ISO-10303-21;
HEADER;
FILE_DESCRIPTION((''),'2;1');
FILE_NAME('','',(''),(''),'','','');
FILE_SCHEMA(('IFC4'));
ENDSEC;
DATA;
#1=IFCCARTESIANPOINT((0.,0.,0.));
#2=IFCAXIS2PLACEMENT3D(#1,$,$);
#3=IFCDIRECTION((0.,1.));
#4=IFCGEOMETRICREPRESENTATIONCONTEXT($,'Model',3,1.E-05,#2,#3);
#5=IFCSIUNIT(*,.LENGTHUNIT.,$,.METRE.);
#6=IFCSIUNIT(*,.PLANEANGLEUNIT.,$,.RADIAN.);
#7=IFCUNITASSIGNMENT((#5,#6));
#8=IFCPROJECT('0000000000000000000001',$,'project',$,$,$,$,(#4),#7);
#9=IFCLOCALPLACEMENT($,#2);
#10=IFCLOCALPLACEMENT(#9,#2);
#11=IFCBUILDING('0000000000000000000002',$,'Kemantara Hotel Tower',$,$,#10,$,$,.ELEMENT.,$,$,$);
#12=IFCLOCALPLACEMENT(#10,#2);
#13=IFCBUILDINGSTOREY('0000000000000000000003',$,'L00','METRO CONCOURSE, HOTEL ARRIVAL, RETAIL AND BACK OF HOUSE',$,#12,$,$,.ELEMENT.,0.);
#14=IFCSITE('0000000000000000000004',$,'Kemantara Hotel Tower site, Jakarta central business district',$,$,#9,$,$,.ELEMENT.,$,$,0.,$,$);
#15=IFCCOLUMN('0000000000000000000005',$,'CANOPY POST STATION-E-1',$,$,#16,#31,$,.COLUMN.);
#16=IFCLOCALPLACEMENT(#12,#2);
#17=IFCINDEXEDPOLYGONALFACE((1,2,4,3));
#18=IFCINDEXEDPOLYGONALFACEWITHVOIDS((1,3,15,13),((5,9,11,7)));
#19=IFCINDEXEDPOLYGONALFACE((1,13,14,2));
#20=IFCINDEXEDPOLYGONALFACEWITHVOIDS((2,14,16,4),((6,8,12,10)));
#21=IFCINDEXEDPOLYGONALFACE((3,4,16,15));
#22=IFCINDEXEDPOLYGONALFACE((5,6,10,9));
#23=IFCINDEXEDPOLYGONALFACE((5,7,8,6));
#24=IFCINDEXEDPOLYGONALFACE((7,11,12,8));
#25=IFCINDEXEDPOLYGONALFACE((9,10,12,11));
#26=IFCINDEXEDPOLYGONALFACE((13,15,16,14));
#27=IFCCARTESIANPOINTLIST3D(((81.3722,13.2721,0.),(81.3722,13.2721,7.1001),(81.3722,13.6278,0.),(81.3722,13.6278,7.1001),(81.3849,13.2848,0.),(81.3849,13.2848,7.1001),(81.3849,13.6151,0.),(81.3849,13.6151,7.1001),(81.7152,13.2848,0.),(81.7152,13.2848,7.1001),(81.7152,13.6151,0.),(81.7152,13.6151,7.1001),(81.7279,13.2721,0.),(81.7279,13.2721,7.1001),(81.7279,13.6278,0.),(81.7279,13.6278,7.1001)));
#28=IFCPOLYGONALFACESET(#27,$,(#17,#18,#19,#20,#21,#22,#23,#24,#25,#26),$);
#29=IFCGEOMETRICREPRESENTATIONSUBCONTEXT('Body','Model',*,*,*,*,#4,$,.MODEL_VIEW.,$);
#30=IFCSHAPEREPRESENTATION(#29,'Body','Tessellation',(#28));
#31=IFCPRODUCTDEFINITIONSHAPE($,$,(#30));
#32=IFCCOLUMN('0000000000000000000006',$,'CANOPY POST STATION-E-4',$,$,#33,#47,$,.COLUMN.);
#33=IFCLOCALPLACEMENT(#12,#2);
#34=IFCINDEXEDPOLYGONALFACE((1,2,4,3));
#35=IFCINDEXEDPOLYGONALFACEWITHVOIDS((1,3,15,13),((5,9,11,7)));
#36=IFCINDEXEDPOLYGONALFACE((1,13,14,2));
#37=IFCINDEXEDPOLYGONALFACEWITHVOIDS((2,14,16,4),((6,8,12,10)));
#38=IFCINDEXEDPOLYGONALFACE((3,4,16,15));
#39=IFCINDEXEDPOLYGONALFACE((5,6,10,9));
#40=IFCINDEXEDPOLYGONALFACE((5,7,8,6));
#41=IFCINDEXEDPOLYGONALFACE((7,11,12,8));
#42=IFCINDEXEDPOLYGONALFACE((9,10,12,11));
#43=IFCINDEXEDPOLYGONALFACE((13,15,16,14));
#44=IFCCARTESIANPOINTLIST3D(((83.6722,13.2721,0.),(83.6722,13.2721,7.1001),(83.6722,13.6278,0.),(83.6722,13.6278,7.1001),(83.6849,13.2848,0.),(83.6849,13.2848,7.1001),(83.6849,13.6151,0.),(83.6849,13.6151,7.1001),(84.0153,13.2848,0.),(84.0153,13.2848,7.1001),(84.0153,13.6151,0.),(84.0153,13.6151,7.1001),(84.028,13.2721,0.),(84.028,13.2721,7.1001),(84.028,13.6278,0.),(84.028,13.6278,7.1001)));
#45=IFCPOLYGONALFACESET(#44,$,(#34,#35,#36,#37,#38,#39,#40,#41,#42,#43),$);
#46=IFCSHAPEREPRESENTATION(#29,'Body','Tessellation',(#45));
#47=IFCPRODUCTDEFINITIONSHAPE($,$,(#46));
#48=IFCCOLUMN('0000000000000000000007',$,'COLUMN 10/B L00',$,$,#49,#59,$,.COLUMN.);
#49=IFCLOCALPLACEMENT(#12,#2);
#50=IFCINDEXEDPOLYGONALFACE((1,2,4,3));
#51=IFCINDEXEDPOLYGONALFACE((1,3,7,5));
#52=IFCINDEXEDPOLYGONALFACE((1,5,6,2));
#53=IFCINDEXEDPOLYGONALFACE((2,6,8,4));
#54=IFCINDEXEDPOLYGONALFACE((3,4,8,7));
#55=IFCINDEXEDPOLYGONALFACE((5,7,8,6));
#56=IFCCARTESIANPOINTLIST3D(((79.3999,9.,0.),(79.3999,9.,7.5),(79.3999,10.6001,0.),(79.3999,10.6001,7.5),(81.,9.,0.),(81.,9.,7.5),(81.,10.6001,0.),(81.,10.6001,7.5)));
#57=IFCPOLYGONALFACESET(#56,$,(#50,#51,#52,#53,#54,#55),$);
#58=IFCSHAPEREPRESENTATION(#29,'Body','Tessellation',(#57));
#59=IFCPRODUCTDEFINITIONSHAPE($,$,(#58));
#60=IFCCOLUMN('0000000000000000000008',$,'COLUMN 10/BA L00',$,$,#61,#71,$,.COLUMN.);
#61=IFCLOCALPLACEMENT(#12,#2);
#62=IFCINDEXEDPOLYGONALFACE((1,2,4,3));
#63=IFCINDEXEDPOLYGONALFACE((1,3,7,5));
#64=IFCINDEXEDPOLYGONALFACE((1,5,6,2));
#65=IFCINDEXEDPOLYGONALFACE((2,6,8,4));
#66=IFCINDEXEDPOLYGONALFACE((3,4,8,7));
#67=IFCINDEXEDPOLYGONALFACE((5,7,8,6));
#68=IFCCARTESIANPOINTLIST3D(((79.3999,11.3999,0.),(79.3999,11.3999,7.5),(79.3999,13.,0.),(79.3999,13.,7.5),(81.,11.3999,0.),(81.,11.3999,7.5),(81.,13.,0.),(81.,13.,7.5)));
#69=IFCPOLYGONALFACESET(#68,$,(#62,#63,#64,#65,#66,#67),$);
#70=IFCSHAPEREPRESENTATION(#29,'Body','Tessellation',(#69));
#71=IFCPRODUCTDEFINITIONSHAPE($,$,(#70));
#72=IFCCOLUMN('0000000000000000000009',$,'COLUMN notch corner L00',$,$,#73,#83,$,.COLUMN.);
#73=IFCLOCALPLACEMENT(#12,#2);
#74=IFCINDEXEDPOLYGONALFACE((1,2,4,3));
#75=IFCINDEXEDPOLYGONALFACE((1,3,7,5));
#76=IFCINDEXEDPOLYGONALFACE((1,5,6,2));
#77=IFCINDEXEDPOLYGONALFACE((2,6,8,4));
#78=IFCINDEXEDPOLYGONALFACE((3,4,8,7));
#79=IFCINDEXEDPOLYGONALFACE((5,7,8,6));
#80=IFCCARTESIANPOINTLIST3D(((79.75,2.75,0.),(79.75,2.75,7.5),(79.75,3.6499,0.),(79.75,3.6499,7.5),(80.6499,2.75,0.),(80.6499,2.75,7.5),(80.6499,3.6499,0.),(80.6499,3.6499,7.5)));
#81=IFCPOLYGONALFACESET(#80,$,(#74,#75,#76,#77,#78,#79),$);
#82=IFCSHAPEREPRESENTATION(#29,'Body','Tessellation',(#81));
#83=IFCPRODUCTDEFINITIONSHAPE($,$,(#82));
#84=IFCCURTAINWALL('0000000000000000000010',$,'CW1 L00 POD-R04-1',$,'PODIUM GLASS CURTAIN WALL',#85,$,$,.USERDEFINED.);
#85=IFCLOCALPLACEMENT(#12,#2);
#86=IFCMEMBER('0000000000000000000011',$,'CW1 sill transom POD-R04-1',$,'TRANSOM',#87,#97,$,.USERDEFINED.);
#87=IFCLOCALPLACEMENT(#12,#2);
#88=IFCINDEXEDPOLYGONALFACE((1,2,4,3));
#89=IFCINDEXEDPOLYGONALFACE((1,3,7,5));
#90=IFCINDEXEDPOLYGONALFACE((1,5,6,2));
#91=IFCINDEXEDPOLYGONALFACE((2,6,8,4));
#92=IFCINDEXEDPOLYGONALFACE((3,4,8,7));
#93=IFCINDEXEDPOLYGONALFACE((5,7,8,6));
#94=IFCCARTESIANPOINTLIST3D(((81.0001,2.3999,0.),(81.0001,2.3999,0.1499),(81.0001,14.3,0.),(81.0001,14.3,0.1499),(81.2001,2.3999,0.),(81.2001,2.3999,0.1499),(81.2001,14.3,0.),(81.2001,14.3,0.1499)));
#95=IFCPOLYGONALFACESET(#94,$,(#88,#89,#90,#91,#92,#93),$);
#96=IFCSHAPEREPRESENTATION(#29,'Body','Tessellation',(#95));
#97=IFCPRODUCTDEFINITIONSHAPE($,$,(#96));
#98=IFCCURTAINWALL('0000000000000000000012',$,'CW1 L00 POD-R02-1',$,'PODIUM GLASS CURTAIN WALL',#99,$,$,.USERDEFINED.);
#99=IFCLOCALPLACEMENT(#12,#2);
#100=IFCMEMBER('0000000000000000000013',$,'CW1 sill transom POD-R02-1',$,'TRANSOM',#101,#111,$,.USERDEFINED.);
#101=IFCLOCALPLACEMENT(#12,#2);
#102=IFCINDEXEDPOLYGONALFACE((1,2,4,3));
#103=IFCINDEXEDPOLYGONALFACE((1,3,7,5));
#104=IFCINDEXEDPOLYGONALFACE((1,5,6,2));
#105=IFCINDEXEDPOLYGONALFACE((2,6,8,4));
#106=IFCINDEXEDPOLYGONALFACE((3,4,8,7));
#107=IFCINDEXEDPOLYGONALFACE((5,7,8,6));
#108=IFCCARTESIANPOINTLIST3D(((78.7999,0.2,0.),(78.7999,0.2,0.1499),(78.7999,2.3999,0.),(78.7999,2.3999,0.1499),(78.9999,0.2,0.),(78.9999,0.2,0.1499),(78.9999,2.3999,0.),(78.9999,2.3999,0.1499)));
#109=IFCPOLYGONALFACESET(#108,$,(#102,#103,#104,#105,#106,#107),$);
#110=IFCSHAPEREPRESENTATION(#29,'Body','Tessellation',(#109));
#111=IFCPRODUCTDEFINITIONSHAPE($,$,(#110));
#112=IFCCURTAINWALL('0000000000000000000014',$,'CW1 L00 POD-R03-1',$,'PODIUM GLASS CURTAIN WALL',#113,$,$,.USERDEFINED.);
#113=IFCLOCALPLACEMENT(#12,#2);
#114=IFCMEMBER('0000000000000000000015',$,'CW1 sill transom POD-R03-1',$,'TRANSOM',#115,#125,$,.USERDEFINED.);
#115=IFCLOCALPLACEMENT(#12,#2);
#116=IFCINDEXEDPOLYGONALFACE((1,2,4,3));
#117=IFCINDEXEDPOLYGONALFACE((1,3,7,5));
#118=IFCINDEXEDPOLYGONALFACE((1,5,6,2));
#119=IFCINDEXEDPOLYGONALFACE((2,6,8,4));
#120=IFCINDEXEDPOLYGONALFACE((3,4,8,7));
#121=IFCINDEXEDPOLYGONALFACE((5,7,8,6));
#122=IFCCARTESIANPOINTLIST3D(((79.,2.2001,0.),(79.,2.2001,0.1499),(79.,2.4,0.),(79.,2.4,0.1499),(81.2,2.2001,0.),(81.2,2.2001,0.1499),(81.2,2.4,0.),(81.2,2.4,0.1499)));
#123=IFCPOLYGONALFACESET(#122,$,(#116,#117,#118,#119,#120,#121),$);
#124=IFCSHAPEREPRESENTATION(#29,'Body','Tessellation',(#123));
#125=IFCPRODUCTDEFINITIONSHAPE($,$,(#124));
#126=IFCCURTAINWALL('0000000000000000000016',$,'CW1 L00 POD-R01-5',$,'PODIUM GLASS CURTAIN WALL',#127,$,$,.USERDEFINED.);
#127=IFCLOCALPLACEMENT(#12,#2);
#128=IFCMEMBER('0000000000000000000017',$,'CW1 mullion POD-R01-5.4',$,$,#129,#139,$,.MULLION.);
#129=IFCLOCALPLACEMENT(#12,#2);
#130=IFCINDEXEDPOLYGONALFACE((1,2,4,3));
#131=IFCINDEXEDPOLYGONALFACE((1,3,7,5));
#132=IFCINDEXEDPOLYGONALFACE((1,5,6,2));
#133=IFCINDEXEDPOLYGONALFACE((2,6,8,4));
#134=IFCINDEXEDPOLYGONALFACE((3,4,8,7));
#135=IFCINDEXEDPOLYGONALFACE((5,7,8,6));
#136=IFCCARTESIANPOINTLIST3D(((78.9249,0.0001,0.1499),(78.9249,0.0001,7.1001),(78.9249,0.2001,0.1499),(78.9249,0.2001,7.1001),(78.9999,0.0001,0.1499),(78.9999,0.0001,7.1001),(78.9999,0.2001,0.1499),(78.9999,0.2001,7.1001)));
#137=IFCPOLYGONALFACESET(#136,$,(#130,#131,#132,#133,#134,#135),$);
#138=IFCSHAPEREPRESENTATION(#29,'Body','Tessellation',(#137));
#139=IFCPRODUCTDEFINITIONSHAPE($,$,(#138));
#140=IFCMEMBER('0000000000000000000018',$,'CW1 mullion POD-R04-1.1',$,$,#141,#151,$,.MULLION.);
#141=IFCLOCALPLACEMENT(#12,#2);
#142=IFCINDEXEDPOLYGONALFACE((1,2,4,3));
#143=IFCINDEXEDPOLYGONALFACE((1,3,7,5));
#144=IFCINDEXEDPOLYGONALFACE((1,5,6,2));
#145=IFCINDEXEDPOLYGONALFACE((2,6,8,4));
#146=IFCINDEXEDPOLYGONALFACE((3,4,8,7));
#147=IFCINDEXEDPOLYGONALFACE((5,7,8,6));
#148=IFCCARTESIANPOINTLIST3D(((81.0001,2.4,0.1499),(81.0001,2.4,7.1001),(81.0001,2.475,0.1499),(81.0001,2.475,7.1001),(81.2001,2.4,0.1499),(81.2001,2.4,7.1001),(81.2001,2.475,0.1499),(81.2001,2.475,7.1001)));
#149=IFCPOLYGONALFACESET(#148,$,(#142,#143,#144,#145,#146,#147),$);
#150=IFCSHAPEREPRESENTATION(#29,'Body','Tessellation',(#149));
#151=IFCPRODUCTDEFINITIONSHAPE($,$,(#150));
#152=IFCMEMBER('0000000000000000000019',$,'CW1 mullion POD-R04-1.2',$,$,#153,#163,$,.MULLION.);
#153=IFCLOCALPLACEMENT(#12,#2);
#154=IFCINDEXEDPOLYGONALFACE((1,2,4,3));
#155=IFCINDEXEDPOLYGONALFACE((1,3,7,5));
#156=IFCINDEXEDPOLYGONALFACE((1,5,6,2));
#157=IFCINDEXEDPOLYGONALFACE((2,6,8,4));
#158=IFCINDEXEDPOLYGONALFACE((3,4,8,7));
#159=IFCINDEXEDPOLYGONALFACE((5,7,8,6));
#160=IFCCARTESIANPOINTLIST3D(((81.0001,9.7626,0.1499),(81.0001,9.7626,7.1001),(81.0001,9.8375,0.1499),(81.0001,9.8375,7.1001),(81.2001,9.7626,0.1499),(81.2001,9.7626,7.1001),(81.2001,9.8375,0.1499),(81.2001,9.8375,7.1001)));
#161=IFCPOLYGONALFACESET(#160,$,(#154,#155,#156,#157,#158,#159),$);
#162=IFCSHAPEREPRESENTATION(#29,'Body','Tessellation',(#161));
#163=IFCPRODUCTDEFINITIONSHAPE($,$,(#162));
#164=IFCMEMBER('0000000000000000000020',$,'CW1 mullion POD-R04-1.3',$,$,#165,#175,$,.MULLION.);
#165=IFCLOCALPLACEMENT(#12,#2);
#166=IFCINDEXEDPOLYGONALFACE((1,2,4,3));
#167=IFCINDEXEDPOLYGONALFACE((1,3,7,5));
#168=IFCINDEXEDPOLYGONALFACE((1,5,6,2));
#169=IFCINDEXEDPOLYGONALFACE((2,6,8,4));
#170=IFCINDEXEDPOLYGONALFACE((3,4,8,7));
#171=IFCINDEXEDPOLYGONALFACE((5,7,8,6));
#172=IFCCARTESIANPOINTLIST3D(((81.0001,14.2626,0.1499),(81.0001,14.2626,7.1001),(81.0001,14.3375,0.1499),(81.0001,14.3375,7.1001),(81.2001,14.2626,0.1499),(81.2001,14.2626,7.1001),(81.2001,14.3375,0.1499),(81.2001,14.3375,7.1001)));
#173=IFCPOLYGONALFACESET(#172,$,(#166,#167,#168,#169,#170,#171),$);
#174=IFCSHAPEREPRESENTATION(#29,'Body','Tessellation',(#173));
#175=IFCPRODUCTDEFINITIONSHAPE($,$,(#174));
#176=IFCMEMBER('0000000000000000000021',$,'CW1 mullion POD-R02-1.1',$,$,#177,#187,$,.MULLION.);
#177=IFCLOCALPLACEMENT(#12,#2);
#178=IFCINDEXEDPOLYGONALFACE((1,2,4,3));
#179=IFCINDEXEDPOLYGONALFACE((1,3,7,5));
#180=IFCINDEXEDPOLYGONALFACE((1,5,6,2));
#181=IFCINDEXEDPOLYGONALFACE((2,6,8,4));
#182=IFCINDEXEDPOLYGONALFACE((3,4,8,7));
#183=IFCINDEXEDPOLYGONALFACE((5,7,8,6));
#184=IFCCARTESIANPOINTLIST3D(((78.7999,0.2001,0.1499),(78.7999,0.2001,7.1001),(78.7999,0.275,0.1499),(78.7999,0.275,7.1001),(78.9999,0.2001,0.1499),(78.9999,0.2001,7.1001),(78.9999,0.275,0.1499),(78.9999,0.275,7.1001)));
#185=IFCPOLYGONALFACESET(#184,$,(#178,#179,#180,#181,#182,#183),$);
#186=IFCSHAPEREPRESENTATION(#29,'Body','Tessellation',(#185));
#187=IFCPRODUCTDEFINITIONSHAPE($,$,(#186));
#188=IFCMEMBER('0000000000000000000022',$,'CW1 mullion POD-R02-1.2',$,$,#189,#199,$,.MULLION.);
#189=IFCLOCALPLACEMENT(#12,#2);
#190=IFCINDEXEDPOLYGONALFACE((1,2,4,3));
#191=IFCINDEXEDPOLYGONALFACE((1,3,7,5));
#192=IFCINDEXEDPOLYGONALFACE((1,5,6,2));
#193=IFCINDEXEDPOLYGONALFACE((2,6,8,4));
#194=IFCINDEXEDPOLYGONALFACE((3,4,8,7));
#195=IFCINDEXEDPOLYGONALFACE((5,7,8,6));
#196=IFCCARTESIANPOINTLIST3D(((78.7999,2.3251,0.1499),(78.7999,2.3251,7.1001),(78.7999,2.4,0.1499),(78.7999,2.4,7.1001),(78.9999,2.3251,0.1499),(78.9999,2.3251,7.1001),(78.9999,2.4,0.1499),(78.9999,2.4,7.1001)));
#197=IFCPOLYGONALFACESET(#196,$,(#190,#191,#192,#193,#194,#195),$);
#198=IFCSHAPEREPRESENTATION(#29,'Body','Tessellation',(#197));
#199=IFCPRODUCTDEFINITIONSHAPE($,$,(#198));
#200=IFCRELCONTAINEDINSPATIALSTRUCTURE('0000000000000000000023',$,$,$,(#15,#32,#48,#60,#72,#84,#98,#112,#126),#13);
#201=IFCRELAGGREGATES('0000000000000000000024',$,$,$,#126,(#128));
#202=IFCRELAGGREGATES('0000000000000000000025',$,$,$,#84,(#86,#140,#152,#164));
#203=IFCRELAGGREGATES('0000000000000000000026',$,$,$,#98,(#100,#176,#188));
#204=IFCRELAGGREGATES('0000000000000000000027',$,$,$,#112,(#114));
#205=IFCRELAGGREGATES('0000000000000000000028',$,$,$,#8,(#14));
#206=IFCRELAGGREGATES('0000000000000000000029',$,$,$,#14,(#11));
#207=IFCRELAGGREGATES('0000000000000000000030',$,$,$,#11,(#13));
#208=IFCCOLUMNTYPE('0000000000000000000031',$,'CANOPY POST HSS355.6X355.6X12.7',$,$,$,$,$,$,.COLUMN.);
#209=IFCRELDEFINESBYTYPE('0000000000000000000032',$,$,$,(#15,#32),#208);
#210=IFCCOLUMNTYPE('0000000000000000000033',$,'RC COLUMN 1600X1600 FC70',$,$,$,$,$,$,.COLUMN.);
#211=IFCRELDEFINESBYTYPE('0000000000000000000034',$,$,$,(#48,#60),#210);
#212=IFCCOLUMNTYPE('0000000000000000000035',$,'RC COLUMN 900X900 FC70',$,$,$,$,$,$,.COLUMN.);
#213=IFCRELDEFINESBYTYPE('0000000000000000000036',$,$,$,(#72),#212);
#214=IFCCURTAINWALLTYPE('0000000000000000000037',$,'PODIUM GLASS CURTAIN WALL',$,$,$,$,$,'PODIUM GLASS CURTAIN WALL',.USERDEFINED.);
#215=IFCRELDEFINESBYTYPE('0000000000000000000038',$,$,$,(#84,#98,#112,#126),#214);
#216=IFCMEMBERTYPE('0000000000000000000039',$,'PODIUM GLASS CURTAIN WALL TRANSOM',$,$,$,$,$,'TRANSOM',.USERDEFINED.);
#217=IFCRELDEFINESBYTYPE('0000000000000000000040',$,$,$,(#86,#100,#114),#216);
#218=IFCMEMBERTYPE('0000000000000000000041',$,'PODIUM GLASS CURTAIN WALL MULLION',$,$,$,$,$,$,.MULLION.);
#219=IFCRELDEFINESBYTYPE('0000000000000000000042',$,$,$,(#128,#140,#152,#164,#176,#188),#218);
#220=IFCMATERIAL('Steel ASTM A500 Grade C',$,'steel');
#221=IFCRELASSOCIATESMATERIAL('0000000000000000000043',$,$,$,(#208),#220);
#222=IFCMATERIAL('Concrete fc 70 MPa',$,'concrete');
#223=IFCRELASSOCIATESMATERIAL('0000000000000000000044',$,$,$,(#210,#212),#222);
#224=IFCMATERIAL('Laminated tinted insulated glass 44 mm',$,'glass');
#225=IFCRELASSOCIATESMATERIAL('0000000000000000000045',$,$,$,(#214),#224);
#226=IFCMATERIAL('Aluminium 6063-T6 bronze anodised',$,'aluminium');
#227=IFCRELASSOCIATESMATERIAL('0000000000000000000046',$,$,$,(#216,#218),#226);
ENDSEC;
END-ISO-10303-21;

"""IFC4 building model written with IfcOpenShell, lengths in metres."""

from ifc_helpers import new_model, si_unit, direction, frame, origin, origin_2d, place, context, subcontext, project, spatial, rectangle, hollow_rectangle, extrude, source, transform, mapped, material, material_profile, profile_set, type_object, element, aggregate, save


model = new_model("IFC4")

# Units and contexts
model_context = context("Model", 3, precision=1e-05, world=origin(), true_north=direction((0.0, 1.0)))
body_context = subcontext(model_context, "Body", "Model", "MODEL_VIEW")
ifc_project = project(units=[si_unit("LENGTHUNIT", "METRE"), si_unit("PLANEANGLEUNIT", "RADIAN")], contexts=[model_context])

# Site, building, storey
site_placement = place(None, origin())
site = spatial("IfcSite", under=ifc_project, at=site_placement, Name="Kemantara Hotel Tower site, Jakarta central business district", CompositionType="ELEMENT", RefElevation=0.0)
building_placement = place(site_placement, origin())
building = spatial("IfcBuilding", under=site, at=building_placement, Name="Kemantara Hotel Tower", CompositionType="ELEMENT")
storey_placement = place(building_placement, origin())
storey = spatial("IfcBuildingStorey", under=building, at=storey_placement, Name="L00", Description="METRO CONCOURSE, HOTEL ARRIVAL, RETAIL AND BACK OF HOUSE", CompositionType="ELEMENT", Elevation=0.0)

# Columns
ifc_material_1 = material(Name="Steel ASTM A500 Grade C", Category="steel")
ifc_material_profile_1 = material_profile(ifc_material_1, hollow_rectangle(XDim=0.3557, YDim=0.3557, WallThickness=0.0127, at=origin_2d()), Name="HSS355.6X355.6X12.7")
ifc_profile_set_1 = profile_set([ifc_material_profile_1], Name="Steel ASTM A500 Grade C")
column_type_1 = type_object("IfcColumnType", Name="CANOPY POST HSS355.6X355.6X12.7", PredefinedType="COLUMN", material=ifc_profile_set_1)
for number, where, z_axis, x_axis, name in (
    (1, (81.55, 13.45, 0.0), (0.0, 0.0, 1.0), (1.0, 0.0, 0.0), "CANOPY POST STATION-E-1"),
    (2, (83.8501, 13.45, 0.0), (0.0, 0.0, 1.0), (1.0, 0.0, 0.0), "CANOPY POST STATION-E-4"),
):
    element("IfcColumn", number, at=place(storey_placement, frame(where, z_axis=z_axis, x_axis=x_axis)), inside=storey, type_object=column_type_1, Name=name, PredefinedType="COLUMN", context=body_context, shape_type="SweptSolid", body=[
        extrude(hollow_rectangle(XDim=0.3557, YDim=0.3557, WallThickness=0.0127, at=origin_2d()), origin(), (0.0, 0.0, 1.0), 7.1001),
    ])
ifc_material_2 = material(Name="Concrete fc 70 MPa", Category="concrete")
ifc_material_profile_2 = material_profile(ifc_material_2, rectangle(XDim=1.6001, YDim=1.6001, at=origin_2d()), Name="RC 1600X1600")
ifc_profile_set_2 = profile_set([ifc_material_profile_2], Name="Concrete fc 70 MPa")
column_type_2 = type_object("IfcColumnType", Name="RC COLUMN 1600X1600 FC70", PredefinedType="COLUMN", material=ifc_profile_set_2)
for number, where, z_axis, x_axis, name in (
    (3, (80.2, 9.8, 0.0), (0.0, 0.0, 1.0), (1.0, 0.0, 0.0), "COLUMN 10/B L00"),
    (4, (80.2, 12.2, 0.0), (0.0, 0.0, 1.0), (1.0, 0.0, 0.0), "COLUMN 10/BA L00"),
):
    element("IfcColumn", number, at=place(storey_placement, frame(where, z_axis=z_axis, x_axis=x_axis)), inside=storey, type_object=column_type_2, Name=name, PredefinedType="COLUMN", context=body_context, shape_type="SweptSolid", body=[
        extrude(rectangle(XDim=1.6001, YDim=1.6001, at=origin_2d()), origin(), (0.0, 0.0, 1.0), 7.5),
    ])
ifc_material_profile_3 = material_profile(ifc_material_2, rectangle(XDim=0.8999, YDim=0.8999, at=origin_2d()), Name="RC 900X900")
ifc_profile_set_3 = profile_set([ifc_material_profile_3], Name="Concrete fc 70 MPa")
column_type_3 = type_object("IfcColumnType", Name="RC COLUMN 900X900 FC70", PredefinedType="COLUMN", material=ifc_profile_set_3)
column_placement = place(storey_placement, frame((80.2, 3.2, 0.0), z_axis=(0.0, 0.0, 1.0), x_axis=(1.0, 0.0, 0.0)))
element("IfcColumn", 5, at=column_placement, inside=storey, type_object=column_type_3, Name="COLUMN notch corner L00", PredefinedType="COLUMN", context=body_context, shape_type="SweptSolid", body=[
    extrude(rectangle(XDim=0.8999, YDim=0.8999, at=origin_2d()), origin(), (0.0, 0.0, 1.0), 7.5),
])

# Curtain walls, members
ifc_material_3 = material(Name="Laminated tinted insulated glass 44 mm", Category="glass")
curtain_wall_type = type_object("IfcCurtainWallType", Name="PODIUM GLASS CURTAIN WALL", ElementType="PODIUM GLASS CURTAIN WALL", PredefinedType="USERDEFINED", material=ifc_material_3)
curtain_wall_1_placement = place(storey_placement, origin())
curtain_wall_1 = element("IfcCurtainWall", 6, at=curtain_wall_1_placement, inside=storey, type_object=curtain_wall_type, Name="CW1 L00 POD-R04-1", ObjectType="PODIUM GLASS CURTAIN WALL", PredefinedType="USERDEFINED")
ifc_material_4 = material(Name="Aluminium 6063-T6 bronze anodised", Category="aluminium")
ifc_material_profile_4 = material_profile(ifc_material_4, rectangle(XDim=0.2, YDim=0.1499, at=origin_2d()), Name="PODIUM GLASS CURTAIN WALL TRANSOM")
ifc_profile_set_4 = profile_set([ifc_material_profile_4], Name="Aluminium 6063-T6 bronze anodised")
member_type_1 = type_object("IfcMemberType", Name="PODIUM GLASS CURTAIN WALL TRANSOM", ElementType="TRANSOM", PredefinedType="USERDEFINED", material=ifc_profile_set_4)
member_1_placement = place(storey_placement, frame((81.1001, 2.3999, 0.075), z_axis=(0.0, 1.0, 0.0), x_axis=(-1.0, 0.0, 0.0)))
member_1 = element("IfcMember", 7, at=member_1_placement, type_object=member_type_1, Name="CW1 sill transom POD-R04-1", ObjectType="TRANSOM", PredefinedType="USERDEFINED", context=body_context, shape_type="SweptSolid", body=[
    extrude(rectangle(XDim=0.2, YDim=0.1499, at=origin_2d()), origin(), (0.0, 0.0, 1.0), 11.9001),
])
curtain_wall_2_placement = place(storey_placement, origin())
curtain_wall_2 = element("IfcCurtainWall", 8, at=curtain_wall_2_placement, inside=storey, type_object=curtain_wall_type, Name="CW1 L00 POD-R02-1", ObjectType="PODIUM GLASS CURTAIN WALL", PredefinedType="USERDEFINED")
member_2_placement = place(storey_placement, frame((78.8999, 0.2, 0.075), z_axis=(0.0, 1.0, 0.0), x_axis=(-1.0, 0.0, 0.0)))
member_2 = element("IfcMember", 9, at=member_2_placement, type_object=member_type_1, Name="CW1 sill transom POD-R02-1", ObjectType="TRANSOM", PredefinedType="USERDEFINED", context=body_context, shape_type="SweptSolid", body=[
    extrude(rectangle(XDim=0.2, YDim=0.1499, at=origin_2d()), origin(), (0.0, 0.0, 1.0), 2.2),
])
curtain_wall_3_placement = place(storey_placement, origin())
curtain_wall_3 = element("IfcCurtainWall", 10, at=curtain_wall_3_placement, inside=storey, type_object=curtain_wall_type, Name="CW1 L00 POD-R03-1", ObjectType="PODIUM GLASS CURTAIN WALL", PredefinedType="USERDEFINED")
member_3_placement = place(storey_placement, frame((79.0, 2.3, 0.075), z_axis=(1.0, 0.0, 0.0), x_axis=(0.0, 1.0, 0.0)))
member_3 = element("IfcMember", 11, at=member_3_placement, type_object=member_type_1, Name="CW1 sill transom POD-R03-1", ObjectType="TRANSOM", PredefinedType="USERDEFINED", context=body_context, shape_type="SweptSolid", body=[
    extrude(rectangle(XDim=0.2, YDim=0.1499, at=origin_2d()), origin(), (0.0, 0.0, 1.0), 2.2),
])
curtain_wall_4_placement = place(storey_placement, origin())
curtain_wall_4 = element("IfcCurtainWall", 12, at=curtain_wall_4_placement, inside=storey, type_object=curtain_wall_type, Name="CW1 L00 POD-R01-5", ObjectType="PODIUM GLASS CURTAIN WALL", PredefinedType="USERDEFINED")
ifc_material_profile_5 = material_profile(ifc_material_4, rectangle(XDim=0.2, YDim=0.075, at=origin_2d()), Name="PODIUM GLASS CURTAIN WALL MULLION")
ifc_profile_set_5 = profile_set([ifc_material_profile_5], Name="Aluminium 6063-T6 bronze anodised")
member_type_2 = type_object("IfcMemberType", Name="PODIUM GLASS CURTAIN WALL MULLION", PredefinedType="MULLION", material=ifc_profile_set_5)
shared_shape_1 = source(origin(), body_context, "Body", "SweptSolid", [
    extrude(rectangle(XDim=0.2, YDim=0.075, at=origin_2d()), origin(), (0.0, 0.0, 1.0), 6.9502),
])
member_4_placement = place(storey_placement, frame((78.9624, 0.1001, 0.1499), z_axis=(0.0, 0.0, 1.0), x_axis=(0.0, 1.0, 0.0)))
member_4 = element("IfcMember", 13, at=member_4_placement, type_object=member_type_2, Name="CW1 mullion POD-R01-5.4", PredefinedType="MULLION", context=body_context, shape_type="MappedRepresentation", body=[
    mapped(shared_shape_1, transform((0.0, 0.0, 0.0))),
])

# Members
member_5_placement = place(storey_placement, frame((81.1001, 2.4375, 0.1499), z_axis=(0.0, 0.0, 1.0), x_axis=(-1.0, 0.0, 0.0)))
member_5 = element("IfcMember", 14, at=member_5_placement, type_object=member_type_2, Name="CW1 mullion POD-R04-1.1", PredefinedType="MULLION", context=body_context, shape_type="MappedRepresentation", body=[
    mapped(shared_shape_1, transform((0.0, 0.0, 0.0))),
])
member_6_placement = place(storey_placement, frame((81.1001, 9.8, 0.1499), z_axis=(0.0, 0.0, 1.0), x_axis=(-1.0, 0.0, 0.0)))
member_6 = element("IfcMember", 15, at=member_6_placement, type_object=member_type_2, Name="CW1 mullion POD-R04-1.2", PredefinedType="MULLION", context=body_context, shape_type="MappedRepresentation", body=[
    mapped(shared_shape_1, transform((0.0, 0.0, 0.0))),
])
member_7_placement = place(storey_placement, frame((81.1001, 14.3, 0.1499), z_axis=(0.0, 0.0, 1.0), x_axis=(-1.0, 0.0, 0.0)))
member_7 = element("IfcMember", 16, at=member_7_placement, type_object=member_type_2, Name="CW1 mullion POD-R04-1.3", PredefinedType="MULLION", context=body_context, shape_type="MappedRepresentation", body=[
    mapped(shared_shape_1, transform((0.0, 0.0, 0.0))),
])
member_8_placement = place(storey_placement, frame((78.8999, 0.2375, 0.1499), z_axis=(0.0, 0.0, 1.0), x_axis=(-1.0, 0.0, 0.0)))
member_8 = element("IfcMember", 17, at=member_8_placement, type_object=member_type_2, Name="CW1 mullion POD-R02-1.1", PredefinedType="MULLION", context=body_context, shape_type="MappedRepresentation", body=[
    mapped(shared_shape_1, transform((0.0, 0.0, 0.0))),
])
member_9_placement = place(storey_placement, frame((78.8999, 2.3625, 0.1499), z_axis=(0.0, 0.0, 1.0), x_axis=(-1.0, 0.0, 0.0)))
member_9 = element("IfcMember", 18, at=member_9_placement, type_object=member_type_2, Name="CW1 mullion POD-R02-1.2", PredefinedType="MULLION", context=body_context, shape_type="MappedRepresentation", body=[
    mapped(shared_shape_1, transform((0.0, 0.0, 0.0))),
])

aggregate(curtain_wall_4, [member_4])
aggregate(curtain_wall_1, [member_1, member_5, member_6, member_7])
aggregate(curtain_wall_2, [member_2, member_8, member_9])
aggregate(curtain_wall_3, [member_3])

save(model, "model.ifc")
